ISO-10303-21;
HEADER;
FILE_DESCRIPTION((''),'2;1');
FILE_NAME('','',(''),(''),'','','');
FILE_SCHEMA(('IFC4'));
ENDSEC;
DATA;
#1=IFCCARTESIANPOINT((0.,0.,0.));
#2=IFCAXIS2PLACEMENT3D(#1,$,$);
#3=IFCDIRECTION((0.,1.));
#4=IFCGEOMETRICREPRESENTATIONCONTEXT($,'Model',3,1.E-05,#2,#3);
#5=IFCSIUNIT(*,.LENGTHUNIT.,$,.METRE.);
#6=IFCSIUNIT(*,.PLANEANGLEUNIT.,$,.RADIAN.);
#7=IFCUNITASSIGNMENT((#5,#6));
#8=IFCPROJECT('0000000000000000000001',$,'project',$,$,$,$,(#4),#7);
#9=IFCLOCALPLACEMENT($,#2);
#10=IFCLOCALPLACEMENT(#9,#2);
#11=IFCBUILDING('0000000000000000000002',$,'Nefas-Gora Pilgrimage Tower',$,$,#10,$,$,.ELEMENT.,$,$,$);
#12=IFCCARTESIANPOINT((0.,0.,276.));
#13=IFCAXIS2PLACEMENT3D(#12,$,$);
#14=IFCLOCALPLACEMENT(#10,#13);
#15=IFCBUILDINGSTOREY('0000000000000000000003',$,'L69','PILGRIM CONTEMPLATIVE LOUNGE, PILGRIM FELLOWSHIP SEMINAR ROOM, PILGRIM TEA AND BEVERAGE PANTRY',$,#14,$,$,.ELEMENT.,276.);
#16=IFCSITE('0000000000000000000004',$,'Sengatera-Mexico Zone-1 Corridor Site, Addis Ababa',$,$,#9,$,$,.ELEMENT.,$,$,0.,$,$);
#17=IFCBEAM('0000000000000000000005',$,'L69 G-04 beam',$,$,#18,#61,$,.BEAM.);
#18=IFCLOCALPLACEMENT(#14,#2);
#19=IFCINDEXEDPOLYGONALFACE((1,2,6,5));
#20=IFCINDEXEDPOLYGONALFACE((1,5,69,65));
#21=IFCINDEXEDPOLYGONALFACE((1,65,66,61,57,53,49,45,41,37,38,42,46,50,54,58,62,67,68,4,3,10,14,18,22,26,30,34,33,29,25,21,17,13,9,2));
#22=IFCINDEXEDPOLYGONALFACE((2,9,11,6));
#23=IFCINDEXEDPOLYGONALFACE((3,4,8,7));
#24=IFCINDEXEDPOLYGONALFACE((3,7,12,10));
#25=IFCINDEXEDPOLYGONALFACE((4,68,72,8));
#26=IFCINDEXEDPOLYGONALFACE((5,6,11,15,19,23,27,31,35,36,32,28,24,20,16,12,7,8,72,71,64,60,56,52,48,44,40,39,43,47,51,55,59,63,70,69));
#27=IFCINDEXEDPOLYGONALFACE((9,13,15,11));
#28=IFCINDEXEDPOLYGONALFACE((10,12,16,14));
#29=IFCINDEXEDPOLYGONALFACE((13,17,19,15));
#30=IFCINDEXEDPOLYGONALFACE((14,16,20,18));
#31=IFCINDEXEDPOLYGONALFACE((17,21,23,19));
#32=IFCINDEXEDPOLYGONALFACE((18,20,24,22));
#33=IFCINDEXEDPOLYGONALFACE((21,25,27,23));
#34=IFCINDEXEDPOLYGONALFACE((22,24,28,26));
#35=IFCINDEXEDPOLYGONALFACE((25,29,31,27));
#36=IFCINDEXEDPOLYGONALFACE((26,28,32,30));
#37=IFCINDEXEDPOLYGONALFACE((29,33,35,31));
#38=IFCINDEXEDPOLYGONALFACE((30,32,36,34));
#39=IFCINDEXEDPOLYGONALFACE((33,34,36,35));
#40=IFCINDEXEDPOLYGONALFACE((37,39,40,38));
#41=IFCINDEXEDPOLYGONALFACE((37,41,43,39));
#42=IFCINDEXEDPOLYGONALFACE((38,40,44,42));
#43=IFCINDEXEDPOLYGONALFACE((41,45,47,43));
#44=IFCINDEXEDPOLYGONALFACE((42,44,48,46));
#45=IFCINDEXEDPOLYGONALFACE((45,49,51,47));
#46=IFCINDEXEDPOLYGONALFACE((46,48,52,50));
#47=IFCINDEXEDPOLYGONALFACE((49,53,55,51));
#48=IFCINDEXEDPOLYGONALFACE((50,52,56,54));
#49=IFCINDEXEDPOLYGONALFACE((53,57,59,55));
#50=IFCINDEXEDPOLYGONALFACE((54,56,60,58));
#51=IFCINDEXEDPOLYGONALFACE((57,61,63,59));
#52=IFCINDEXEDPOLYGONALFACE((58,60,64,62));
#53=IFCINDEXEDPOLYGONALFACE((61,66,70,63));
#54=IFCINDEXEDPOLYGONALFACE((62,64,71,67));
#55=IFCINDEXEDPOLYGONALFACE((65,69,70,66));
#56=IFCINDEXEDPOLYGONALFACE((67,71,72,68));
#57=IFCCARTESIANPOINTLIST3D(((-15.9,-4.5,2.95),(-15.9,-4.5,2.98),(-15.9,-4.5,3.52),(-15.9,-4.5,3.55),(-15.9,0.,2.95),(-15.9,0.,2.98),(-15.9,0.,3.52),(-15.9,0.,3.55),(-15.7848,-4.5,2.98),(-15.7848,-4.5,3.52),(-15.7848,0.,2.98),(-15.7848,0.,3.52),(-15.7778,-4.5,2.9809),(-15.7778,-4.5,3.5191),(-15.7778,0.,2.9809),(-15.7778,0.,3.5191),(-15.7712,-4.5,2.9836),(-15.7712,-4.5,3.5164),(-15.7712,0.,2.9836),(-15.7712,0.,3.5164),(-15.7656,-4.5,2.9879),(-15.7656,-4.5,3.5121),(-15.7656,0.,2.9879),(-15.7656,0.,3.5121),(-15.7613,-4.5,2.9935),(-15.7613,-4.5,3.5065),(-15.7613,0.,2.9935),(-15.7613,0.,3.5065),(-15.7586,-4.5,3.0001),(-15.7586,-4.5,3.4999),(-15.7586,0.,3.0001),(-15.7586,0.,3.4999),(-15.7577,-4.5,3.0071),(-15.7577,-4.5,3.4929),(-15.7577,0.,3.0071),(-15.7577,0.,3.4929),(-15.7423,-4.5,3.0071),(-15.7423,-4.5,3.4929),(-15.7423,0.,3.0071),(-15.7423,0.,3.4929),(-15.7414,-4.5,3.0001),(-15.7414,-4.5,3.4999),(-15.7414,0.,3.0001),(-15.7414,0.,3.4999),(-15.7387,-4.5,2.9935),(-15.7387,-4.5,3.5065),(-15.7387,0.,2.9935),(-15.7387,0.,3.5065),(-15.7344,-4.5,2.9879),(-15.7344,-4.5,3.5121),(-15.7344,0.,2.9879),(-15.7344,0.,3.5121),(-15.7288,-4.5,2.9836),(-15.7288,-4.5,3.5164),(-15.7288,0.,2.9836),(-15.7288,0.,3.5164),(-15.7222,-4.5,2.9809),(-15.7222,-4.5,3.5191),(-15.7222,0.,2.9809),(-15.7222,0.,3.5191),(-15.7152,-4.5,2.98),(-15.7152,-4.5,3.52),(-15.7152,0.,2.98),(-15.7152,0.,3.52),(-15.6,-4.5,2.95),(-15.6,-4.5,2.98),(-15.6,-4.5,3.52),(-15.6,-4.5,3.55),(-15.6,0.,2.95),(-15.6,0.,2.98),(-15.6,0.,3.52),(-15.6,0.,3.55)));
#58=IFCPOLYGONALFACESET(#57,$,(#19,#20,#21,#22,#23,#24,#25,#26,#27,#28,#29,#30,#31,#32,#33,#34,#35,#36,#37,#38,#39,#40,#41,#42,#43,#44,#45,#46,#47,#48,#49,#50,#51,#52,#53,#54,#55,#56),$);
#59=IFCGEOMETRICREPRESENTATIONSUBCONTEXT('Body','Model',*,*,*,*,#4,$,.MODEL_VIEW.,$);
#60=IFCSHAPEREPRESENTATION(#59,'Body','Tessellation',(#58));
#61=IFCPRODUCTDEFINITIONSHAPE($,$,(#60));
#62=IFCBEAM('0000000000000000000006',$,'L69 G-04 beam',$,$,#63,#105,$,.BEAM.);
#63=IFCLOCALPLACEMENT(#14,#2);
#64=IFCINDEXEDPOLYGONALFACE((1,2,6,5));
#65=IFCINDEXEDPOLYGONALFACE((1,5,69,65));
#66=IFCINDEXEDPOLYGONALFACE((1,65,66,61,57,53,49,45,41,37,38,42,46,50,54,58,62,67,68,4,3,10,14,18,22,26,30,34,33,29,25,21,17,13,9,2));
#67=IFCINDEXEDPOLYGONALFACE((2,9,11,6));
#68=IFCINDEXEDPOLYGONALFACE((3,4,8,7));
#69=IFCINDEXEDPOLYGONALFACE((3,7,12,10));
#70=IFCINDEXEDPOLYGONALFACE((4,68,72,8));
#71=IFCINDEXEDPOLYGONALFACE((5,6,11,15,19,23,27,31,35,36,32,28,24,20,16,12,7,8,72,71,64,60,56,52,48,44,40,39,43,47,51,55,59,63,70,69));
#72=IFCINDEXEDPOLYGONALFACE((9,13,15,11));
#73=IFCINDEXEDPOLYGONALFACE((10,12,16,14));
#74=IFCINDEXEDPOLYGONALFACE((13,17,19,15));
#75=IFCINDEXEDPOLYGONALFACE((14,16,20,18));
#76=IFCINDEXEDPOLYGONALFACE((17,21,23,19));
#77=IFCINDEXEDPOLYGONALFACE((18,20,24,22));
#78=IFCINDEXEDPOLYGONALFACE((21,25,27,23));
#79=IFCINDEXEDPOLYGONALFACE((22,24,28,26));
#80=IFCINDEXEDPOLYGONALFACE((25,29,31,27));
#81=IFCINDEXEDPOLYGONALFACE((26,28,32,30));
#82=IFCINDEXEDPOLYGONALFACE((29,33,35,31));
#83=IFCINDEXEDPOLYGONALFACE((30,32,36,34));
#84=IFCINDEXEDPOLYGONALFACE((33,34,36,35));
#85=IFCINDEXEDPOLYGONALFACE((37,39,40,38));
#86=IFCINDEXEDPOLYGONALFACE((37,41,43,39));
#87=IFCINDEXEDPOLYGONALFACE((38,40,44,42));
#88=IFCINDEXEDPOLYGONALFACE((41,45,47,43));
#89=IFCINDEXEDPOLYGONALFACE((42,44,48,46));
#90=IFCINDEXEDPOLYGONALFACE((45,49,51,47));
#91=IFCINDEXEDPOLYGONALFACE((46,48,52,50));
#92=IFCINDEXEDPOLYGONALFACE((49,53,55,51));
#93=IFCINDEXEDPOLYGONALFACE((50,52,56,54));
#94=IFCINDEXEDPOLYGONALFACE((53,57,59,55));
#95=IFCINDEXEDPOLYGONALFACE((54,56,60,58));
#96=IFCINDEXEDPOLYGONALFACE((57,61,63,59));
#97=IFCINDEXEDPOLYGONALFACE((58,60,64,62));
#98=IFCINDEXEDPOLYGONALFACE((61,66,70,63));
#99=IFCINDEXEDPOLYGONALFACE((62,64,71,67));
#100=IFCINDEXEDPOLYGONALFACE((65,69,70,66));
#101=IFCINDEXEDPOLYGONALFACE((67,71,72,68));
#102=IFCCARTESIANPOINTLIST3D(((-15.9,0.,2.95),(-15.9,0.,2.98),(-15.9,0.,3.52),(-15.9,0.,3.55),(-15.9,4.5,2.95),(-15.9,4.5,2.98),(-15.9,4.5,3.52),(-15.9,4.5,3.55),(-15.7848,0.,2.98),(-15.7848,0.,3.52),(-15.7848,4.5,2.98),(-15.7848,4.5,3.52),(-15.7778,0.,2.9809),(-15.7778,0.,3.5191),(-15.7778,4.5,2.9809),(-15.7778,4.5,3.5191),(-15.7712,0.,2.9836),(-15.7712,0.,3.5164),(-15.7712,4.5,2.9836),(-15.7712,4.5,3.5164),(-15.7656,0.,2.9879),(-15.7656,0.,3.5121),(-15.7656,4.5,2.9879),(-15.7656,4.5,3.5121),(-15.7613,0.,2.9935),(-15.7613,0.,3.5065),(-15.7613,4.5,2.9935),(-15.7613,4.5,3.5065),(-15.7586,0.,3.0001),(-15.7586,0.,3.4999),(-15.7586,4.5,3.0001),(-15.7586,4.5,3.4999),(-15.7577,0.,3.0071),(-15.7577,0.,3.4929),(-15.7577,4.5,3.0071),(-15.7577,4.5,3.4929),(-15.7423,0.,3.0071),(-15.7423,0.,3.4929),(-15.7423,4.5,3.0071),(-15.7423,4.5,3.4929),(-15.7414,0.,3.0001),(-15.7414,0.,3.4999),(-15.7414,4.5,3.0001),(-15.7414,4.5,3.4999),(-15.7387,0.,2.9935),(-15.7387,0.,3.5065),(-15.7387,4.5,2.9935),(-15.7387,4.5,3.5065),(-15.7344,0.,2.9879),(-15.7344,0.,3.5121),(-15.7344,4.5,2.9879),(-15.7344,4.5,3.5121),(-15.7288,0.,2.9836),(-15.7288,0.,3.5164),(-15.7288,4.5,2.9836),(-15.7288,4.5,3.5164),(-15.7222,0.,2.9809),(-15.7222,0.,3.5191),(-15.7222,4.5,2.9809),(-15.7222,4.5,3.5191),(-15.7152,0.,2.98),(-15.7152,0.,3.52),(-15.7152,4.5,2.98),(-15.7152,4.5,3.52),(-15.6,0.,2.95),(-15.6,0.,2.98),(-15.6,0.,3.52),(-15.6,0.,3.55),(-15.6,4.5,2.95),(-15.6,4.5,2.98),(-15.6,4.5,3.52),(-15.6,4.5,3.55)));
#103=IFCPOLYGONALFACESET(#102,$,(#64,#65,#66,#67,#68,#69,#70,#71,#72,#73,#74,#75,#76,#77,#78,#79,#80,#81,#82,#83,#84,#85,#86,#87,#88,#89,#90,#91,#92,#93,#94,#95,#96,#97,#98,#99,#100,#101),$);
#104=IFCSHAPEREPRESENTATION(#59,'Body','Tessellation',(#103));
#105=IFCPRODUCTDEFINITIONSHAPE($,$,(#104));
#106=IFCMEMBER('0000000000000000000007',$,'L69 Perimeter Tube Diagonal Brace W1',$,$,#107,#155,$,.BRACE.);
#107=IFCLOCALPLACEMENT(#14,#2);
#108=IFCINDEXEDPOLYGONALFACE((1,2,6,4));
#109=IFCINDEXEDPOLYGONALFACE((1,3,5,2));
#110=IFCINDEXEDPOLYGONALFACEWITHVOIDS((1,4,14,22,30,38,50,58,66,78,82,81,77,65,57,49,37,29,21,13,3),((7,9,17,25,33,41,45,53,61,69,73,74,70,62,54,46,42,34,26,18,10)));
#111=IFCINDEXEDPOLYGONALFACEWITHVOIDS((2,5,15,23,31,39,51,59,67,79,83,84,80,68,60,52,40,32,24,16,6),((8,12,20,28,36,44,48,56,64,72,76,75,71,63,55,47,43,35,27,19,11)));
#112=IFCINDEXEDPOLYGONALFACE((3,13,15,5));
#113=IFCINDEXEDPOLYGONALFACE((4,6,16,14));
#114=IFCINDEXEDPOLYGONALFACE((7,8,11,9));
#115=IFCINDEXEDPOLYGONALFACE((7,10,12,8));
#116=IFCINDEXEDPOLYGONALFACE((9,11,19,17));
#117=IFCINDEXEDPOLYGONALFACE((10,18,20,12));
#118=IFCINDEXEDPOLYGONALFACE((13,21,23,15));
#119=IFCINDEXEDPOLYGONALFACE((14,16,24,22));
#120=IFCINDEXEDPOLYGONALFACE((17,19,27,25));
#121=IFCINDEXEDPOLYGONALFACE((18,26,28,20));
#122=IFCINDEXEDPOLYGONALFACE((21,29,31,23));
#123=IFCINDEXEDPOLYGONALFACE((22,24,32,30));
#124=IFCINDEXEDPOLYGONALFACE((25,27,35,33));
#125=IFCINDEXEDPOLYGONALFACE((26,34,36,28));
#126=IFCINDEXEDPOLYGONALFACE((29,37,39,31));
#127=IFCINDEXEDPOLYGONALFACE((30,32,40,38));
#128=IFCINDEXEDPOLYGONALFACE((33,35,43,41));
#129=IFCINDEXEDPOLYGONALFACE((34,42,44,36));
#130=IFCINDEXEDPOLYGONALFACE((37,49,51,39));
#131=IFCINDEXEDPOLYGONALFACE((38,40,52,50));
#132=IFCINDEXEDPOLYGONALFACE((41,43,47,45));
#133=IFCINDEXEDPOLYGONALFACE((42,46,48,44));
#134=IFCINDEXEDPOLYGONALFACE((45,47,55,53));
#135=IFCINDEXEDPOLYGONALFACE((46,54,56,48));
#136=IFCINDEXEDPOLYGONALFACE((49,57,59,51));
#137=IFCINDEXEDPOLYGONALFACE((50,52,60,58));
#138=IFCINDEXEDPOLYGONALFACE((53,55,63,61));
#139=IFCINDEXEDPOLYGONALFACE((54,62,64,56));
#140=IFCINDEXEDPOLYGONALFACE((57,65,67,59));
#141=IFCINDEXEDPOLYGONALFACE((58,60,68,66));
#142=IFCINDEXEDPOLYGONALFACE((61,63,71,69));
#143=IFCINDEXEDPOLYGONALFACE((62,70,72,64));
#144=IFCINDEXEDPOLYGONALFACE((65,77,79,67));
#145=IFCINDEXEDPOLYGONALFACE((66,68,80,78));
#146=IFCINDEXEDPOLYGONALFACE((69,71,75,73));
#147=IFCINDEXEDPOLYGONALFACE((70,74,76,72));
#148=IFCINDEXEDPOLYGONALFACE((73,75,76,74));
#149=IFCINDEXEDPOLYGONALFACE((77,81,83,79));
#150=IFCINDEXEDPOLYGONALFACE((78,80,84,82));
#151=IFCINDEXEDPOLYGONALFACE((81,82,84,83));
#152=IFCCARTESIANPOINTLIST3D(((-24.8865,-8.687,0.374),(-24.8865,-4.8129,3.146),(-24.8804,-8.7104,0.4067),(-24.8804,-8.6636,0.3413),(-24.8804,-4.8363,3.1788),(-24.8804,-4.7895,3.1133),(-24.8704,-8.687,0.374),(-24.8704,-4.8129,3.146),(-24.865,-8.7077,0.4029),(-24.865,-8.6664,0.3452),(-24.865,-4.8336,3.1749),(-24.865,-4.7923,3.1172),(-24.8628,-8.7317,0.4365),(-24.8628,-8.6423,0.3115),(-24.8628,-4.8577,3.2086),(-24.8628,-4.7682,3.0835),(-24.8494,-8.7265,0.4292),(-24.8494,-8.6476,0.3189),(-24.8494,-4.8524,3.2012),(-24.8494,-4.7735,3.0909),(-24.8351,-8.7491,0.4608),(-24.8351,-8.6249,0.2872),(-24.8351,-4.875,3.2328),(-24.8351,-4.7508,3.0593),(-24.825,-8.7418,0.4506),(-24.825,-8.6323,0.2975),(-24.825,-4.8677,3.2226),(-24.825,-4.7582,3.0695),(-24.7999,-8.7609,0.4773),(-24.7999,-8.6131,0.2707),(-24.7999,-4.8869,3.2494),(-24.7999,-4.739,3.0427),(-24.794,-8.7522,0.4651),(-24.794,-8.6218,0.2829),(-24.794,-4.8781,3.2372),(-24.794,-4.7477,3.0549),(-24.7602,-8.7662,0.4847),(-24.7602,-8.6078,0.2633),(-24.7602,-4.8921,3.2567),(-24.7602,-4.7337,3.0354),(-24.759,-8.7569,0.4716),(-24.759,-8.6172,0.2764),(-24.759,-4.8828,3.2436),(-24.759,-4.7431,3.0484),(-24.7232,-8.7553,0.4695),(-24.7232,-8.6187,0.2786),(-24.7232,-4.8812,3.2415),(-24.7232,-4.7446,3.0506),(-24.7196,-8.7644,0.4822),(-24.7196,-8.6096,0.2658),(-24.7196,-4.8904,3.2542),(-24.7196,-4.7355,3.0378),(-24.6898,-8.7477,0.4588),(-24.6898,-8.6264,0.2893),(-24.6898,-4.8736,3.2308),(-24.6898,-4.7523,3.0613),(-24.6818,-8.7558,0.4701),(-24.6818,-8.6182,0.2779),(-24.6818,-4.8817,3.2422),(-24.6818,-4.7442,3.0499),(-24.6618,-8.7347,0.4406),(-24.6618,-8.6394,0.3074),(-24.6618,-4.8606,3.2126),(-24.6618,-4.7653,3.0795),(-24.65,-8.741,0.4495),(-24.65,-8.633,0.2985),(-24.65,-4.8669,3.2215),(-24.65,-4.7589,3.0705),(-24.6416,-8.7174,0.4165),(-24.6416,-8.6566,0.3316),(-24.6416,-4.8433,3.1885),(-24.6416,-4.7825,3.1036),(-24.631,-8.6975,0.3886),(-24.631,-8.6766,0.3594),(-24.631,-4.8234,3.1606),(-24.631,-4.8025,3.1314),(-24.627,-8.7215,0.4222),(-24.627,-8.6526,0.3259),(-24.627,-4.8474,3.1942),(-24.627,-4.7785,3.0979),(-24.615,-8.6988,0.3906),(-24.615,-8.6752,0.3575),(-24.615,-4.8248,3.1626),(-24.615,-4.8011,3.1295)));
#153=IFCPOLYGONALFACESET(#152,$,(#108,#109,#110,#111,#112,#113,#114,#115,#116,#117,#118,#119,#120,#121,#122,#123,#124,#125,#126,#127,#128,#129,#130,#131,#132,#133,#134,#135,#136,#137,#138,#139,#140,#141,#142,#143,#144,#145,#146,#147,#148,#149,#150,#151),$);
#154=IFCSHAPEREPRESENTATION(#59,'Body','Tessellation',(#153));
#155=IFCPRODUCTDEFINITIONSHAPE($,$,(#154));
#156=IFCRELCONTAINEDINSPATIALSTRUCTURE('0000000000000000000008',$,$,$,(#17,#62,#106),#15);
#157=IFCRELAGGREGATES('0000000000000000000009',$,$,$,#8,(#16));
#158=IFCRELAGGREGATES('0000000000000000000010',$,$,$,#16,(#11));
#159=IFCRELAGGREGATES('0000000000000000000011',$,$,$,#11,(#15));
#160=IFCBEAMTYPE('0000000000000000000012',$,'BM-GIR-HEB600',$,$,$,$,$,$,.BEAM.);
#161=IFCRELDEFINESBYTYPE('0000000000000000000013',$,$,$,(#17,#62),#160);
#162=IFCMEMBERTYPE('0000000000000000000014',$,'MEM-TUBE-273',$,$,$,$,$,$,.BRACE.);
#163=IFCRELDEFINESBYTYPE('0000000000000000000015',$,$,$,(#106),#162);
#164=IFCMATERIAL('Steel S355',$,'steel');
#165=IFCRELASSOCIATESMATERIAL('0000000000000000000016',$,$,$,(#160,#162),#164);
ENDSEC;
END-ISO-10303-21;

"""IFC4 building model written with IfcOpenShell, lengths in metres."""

from ifc_helpers import new_model, si_unit, direction, frame, origin, origin_2d, place, context, subcontext, project, spatial, hollow_circle, i_section, extrude, source, transform, mapped, material, material_profile, profile_set, type_object, element, save


model = new_model("IFC4")

# Units and contexts
model_context = context("Model", 3, precision=1e-05, world=origin(), true_north=direction((0.0, 1.0)))
body_context = subcontext(model_context, "Body", "Model", "MODEL_VIEW")
ifc_project = project(units=[si_unit("LENGTHUNIT", "METRE"), si_unit("PLANEANGLEUNIT", "RADIAN")], contexts=[model_context])

# Site, building, storey
site_placement = place(None, origin())
site = spatial("IfcSite", under=ifc_project, at=site_placement, Name="Sengatera-Mexico Zone-1 Corridor Site, Addis Ababa", CompositionType="ELEMENT", RefElevation=0.0)
building_placement = place(site_placement, origin())
building = spatial("IfcBuilding", under=site, at=building_placement, Name="Nefas-Gora Pilgrimage Tower", CompositionType="ELEMENT")
storey_placement = place(building_placement, frame((0.0, 0.0, 276.0)))
storey = spatial("IfcBuildingStorey", under=building, at=storey_placement, Name="L69", Description="PILGRIM CONTEMPLATIVE LOUNGE, PILGRIM FELLOWSHIP SEMINAR ROOM, PILGRIM TEA AND BEVERAGE PANTRY", CompositionType="ELEMENT", Elevation=276.0)

# Shared definitions
ifc_material_1 = material(Name="Steel S355", Category="steel")

# Beams
ifc_material_profile_1 = material_profile(ifc_material_1, i_section(OverallWidth=0.3, OverallDepth=0.6001, WebThickness=0.0154, FlangeThickness=0.03, FilletRadius=0.0271, at=origin_2d()), Name="HEB 600")
ifc_profile_set_1 = profile_set([ifc_material_profile_1], Name="Steel S355")
beam_type_1 = type_object("IfcBeamType", Name="BM-GIR-HEB600", PredefinedType="BEAM", material=ifc_profile_set_1)
shared_shape_1 = source(origin(), body_context, "Body", "SweptSolid", [
    extrude(i_section(OverallWidth=0.3, OverallDepth=0.6001, WebThickness=0.0154, FlangeThickness=0.03, FilletRadius=0.0271, at=origin_2d()), origin(), (0.0, 0.0, 1.0), 4.5),
])
for number, where, z_axis, x_axis, name in (
    (1, (-15.75, -4.5, 3.25), (0.0, 1.0, 0.0), (-1.0, 0.0, 0.0), "L69 G-04 beam"),
    (2, (-15.75, 0.0, 3.25), (0.0, 1.0, 0.0), (-1.0, 0.0, 0.0), "L69 G-04 beam"),
):
    element("IfcBeam", number, at=place(storey_placement, frame(where, z_axis=z_axis, x_axis=x_axis)), inside=storey, type_object=beam_type_1, Name=name, PredefinedType="BEAM", context=body_context, shape_type="MappedRepresentation", body=[
        mapped(shared_shape_1, transform((0.0, 0.0, 0.0), x_axis=(1.0, 0.0, 0.0), y_axis=(0.0, 1.0, 0.0), z_axis=(0.0, 0.0, 1.0), scale=1.0)),
    ])

# Member
ifc_material_profile_2 = material_profile(ifc_material_1, hollow_circle(Radius=0.1365, WallThickness=0.0161, at=origin_2d()), Name="CHS 273x16")
ifc_profile_set_2 = profile_set([ifc_material_profile_2], Name="Steel S355")
member_type_1 = type_object("IfcMemberType", Name="MEM-TUBE-273", PredefinedType="BRACE", material=ifc_profile_set_2)
shared_shape_2 = source(origin(), body_context, "Body", "SweptSolid", [
    extrude(hollow_circle(Radius=0.1365, WallThickness=0.0161, at=origin_2d()), origin(), (0.0, 0.0, 1.0), 4.7637),
])
member_1_placement = place(storey_placement, frame((-24.75, -8.687, 0.374), z_axis=(0.0, 0.813255, 0.581907), x_axis=(-1.0, 0.0, 0.0)))
element("IfcMember", 3, at=member_1_placement, inside=storey, type_object=member_type_1, Name="L69 Perimeter Tube Diagonal Brace W1", PredefinedType="BRACE", context=body_context, shape_type="MappedRepresentation", body=[
    mapped(shared_shape_2, transform((0.0, 0.0, 0.0), x_axis=(1.0, 0.0, 0.0), y_axis=(0.0, 1.0, 0.0), z_axis=(0.0, 0.0, 1.0), scale=1.0)),
])

save(model, "model.ifc")
